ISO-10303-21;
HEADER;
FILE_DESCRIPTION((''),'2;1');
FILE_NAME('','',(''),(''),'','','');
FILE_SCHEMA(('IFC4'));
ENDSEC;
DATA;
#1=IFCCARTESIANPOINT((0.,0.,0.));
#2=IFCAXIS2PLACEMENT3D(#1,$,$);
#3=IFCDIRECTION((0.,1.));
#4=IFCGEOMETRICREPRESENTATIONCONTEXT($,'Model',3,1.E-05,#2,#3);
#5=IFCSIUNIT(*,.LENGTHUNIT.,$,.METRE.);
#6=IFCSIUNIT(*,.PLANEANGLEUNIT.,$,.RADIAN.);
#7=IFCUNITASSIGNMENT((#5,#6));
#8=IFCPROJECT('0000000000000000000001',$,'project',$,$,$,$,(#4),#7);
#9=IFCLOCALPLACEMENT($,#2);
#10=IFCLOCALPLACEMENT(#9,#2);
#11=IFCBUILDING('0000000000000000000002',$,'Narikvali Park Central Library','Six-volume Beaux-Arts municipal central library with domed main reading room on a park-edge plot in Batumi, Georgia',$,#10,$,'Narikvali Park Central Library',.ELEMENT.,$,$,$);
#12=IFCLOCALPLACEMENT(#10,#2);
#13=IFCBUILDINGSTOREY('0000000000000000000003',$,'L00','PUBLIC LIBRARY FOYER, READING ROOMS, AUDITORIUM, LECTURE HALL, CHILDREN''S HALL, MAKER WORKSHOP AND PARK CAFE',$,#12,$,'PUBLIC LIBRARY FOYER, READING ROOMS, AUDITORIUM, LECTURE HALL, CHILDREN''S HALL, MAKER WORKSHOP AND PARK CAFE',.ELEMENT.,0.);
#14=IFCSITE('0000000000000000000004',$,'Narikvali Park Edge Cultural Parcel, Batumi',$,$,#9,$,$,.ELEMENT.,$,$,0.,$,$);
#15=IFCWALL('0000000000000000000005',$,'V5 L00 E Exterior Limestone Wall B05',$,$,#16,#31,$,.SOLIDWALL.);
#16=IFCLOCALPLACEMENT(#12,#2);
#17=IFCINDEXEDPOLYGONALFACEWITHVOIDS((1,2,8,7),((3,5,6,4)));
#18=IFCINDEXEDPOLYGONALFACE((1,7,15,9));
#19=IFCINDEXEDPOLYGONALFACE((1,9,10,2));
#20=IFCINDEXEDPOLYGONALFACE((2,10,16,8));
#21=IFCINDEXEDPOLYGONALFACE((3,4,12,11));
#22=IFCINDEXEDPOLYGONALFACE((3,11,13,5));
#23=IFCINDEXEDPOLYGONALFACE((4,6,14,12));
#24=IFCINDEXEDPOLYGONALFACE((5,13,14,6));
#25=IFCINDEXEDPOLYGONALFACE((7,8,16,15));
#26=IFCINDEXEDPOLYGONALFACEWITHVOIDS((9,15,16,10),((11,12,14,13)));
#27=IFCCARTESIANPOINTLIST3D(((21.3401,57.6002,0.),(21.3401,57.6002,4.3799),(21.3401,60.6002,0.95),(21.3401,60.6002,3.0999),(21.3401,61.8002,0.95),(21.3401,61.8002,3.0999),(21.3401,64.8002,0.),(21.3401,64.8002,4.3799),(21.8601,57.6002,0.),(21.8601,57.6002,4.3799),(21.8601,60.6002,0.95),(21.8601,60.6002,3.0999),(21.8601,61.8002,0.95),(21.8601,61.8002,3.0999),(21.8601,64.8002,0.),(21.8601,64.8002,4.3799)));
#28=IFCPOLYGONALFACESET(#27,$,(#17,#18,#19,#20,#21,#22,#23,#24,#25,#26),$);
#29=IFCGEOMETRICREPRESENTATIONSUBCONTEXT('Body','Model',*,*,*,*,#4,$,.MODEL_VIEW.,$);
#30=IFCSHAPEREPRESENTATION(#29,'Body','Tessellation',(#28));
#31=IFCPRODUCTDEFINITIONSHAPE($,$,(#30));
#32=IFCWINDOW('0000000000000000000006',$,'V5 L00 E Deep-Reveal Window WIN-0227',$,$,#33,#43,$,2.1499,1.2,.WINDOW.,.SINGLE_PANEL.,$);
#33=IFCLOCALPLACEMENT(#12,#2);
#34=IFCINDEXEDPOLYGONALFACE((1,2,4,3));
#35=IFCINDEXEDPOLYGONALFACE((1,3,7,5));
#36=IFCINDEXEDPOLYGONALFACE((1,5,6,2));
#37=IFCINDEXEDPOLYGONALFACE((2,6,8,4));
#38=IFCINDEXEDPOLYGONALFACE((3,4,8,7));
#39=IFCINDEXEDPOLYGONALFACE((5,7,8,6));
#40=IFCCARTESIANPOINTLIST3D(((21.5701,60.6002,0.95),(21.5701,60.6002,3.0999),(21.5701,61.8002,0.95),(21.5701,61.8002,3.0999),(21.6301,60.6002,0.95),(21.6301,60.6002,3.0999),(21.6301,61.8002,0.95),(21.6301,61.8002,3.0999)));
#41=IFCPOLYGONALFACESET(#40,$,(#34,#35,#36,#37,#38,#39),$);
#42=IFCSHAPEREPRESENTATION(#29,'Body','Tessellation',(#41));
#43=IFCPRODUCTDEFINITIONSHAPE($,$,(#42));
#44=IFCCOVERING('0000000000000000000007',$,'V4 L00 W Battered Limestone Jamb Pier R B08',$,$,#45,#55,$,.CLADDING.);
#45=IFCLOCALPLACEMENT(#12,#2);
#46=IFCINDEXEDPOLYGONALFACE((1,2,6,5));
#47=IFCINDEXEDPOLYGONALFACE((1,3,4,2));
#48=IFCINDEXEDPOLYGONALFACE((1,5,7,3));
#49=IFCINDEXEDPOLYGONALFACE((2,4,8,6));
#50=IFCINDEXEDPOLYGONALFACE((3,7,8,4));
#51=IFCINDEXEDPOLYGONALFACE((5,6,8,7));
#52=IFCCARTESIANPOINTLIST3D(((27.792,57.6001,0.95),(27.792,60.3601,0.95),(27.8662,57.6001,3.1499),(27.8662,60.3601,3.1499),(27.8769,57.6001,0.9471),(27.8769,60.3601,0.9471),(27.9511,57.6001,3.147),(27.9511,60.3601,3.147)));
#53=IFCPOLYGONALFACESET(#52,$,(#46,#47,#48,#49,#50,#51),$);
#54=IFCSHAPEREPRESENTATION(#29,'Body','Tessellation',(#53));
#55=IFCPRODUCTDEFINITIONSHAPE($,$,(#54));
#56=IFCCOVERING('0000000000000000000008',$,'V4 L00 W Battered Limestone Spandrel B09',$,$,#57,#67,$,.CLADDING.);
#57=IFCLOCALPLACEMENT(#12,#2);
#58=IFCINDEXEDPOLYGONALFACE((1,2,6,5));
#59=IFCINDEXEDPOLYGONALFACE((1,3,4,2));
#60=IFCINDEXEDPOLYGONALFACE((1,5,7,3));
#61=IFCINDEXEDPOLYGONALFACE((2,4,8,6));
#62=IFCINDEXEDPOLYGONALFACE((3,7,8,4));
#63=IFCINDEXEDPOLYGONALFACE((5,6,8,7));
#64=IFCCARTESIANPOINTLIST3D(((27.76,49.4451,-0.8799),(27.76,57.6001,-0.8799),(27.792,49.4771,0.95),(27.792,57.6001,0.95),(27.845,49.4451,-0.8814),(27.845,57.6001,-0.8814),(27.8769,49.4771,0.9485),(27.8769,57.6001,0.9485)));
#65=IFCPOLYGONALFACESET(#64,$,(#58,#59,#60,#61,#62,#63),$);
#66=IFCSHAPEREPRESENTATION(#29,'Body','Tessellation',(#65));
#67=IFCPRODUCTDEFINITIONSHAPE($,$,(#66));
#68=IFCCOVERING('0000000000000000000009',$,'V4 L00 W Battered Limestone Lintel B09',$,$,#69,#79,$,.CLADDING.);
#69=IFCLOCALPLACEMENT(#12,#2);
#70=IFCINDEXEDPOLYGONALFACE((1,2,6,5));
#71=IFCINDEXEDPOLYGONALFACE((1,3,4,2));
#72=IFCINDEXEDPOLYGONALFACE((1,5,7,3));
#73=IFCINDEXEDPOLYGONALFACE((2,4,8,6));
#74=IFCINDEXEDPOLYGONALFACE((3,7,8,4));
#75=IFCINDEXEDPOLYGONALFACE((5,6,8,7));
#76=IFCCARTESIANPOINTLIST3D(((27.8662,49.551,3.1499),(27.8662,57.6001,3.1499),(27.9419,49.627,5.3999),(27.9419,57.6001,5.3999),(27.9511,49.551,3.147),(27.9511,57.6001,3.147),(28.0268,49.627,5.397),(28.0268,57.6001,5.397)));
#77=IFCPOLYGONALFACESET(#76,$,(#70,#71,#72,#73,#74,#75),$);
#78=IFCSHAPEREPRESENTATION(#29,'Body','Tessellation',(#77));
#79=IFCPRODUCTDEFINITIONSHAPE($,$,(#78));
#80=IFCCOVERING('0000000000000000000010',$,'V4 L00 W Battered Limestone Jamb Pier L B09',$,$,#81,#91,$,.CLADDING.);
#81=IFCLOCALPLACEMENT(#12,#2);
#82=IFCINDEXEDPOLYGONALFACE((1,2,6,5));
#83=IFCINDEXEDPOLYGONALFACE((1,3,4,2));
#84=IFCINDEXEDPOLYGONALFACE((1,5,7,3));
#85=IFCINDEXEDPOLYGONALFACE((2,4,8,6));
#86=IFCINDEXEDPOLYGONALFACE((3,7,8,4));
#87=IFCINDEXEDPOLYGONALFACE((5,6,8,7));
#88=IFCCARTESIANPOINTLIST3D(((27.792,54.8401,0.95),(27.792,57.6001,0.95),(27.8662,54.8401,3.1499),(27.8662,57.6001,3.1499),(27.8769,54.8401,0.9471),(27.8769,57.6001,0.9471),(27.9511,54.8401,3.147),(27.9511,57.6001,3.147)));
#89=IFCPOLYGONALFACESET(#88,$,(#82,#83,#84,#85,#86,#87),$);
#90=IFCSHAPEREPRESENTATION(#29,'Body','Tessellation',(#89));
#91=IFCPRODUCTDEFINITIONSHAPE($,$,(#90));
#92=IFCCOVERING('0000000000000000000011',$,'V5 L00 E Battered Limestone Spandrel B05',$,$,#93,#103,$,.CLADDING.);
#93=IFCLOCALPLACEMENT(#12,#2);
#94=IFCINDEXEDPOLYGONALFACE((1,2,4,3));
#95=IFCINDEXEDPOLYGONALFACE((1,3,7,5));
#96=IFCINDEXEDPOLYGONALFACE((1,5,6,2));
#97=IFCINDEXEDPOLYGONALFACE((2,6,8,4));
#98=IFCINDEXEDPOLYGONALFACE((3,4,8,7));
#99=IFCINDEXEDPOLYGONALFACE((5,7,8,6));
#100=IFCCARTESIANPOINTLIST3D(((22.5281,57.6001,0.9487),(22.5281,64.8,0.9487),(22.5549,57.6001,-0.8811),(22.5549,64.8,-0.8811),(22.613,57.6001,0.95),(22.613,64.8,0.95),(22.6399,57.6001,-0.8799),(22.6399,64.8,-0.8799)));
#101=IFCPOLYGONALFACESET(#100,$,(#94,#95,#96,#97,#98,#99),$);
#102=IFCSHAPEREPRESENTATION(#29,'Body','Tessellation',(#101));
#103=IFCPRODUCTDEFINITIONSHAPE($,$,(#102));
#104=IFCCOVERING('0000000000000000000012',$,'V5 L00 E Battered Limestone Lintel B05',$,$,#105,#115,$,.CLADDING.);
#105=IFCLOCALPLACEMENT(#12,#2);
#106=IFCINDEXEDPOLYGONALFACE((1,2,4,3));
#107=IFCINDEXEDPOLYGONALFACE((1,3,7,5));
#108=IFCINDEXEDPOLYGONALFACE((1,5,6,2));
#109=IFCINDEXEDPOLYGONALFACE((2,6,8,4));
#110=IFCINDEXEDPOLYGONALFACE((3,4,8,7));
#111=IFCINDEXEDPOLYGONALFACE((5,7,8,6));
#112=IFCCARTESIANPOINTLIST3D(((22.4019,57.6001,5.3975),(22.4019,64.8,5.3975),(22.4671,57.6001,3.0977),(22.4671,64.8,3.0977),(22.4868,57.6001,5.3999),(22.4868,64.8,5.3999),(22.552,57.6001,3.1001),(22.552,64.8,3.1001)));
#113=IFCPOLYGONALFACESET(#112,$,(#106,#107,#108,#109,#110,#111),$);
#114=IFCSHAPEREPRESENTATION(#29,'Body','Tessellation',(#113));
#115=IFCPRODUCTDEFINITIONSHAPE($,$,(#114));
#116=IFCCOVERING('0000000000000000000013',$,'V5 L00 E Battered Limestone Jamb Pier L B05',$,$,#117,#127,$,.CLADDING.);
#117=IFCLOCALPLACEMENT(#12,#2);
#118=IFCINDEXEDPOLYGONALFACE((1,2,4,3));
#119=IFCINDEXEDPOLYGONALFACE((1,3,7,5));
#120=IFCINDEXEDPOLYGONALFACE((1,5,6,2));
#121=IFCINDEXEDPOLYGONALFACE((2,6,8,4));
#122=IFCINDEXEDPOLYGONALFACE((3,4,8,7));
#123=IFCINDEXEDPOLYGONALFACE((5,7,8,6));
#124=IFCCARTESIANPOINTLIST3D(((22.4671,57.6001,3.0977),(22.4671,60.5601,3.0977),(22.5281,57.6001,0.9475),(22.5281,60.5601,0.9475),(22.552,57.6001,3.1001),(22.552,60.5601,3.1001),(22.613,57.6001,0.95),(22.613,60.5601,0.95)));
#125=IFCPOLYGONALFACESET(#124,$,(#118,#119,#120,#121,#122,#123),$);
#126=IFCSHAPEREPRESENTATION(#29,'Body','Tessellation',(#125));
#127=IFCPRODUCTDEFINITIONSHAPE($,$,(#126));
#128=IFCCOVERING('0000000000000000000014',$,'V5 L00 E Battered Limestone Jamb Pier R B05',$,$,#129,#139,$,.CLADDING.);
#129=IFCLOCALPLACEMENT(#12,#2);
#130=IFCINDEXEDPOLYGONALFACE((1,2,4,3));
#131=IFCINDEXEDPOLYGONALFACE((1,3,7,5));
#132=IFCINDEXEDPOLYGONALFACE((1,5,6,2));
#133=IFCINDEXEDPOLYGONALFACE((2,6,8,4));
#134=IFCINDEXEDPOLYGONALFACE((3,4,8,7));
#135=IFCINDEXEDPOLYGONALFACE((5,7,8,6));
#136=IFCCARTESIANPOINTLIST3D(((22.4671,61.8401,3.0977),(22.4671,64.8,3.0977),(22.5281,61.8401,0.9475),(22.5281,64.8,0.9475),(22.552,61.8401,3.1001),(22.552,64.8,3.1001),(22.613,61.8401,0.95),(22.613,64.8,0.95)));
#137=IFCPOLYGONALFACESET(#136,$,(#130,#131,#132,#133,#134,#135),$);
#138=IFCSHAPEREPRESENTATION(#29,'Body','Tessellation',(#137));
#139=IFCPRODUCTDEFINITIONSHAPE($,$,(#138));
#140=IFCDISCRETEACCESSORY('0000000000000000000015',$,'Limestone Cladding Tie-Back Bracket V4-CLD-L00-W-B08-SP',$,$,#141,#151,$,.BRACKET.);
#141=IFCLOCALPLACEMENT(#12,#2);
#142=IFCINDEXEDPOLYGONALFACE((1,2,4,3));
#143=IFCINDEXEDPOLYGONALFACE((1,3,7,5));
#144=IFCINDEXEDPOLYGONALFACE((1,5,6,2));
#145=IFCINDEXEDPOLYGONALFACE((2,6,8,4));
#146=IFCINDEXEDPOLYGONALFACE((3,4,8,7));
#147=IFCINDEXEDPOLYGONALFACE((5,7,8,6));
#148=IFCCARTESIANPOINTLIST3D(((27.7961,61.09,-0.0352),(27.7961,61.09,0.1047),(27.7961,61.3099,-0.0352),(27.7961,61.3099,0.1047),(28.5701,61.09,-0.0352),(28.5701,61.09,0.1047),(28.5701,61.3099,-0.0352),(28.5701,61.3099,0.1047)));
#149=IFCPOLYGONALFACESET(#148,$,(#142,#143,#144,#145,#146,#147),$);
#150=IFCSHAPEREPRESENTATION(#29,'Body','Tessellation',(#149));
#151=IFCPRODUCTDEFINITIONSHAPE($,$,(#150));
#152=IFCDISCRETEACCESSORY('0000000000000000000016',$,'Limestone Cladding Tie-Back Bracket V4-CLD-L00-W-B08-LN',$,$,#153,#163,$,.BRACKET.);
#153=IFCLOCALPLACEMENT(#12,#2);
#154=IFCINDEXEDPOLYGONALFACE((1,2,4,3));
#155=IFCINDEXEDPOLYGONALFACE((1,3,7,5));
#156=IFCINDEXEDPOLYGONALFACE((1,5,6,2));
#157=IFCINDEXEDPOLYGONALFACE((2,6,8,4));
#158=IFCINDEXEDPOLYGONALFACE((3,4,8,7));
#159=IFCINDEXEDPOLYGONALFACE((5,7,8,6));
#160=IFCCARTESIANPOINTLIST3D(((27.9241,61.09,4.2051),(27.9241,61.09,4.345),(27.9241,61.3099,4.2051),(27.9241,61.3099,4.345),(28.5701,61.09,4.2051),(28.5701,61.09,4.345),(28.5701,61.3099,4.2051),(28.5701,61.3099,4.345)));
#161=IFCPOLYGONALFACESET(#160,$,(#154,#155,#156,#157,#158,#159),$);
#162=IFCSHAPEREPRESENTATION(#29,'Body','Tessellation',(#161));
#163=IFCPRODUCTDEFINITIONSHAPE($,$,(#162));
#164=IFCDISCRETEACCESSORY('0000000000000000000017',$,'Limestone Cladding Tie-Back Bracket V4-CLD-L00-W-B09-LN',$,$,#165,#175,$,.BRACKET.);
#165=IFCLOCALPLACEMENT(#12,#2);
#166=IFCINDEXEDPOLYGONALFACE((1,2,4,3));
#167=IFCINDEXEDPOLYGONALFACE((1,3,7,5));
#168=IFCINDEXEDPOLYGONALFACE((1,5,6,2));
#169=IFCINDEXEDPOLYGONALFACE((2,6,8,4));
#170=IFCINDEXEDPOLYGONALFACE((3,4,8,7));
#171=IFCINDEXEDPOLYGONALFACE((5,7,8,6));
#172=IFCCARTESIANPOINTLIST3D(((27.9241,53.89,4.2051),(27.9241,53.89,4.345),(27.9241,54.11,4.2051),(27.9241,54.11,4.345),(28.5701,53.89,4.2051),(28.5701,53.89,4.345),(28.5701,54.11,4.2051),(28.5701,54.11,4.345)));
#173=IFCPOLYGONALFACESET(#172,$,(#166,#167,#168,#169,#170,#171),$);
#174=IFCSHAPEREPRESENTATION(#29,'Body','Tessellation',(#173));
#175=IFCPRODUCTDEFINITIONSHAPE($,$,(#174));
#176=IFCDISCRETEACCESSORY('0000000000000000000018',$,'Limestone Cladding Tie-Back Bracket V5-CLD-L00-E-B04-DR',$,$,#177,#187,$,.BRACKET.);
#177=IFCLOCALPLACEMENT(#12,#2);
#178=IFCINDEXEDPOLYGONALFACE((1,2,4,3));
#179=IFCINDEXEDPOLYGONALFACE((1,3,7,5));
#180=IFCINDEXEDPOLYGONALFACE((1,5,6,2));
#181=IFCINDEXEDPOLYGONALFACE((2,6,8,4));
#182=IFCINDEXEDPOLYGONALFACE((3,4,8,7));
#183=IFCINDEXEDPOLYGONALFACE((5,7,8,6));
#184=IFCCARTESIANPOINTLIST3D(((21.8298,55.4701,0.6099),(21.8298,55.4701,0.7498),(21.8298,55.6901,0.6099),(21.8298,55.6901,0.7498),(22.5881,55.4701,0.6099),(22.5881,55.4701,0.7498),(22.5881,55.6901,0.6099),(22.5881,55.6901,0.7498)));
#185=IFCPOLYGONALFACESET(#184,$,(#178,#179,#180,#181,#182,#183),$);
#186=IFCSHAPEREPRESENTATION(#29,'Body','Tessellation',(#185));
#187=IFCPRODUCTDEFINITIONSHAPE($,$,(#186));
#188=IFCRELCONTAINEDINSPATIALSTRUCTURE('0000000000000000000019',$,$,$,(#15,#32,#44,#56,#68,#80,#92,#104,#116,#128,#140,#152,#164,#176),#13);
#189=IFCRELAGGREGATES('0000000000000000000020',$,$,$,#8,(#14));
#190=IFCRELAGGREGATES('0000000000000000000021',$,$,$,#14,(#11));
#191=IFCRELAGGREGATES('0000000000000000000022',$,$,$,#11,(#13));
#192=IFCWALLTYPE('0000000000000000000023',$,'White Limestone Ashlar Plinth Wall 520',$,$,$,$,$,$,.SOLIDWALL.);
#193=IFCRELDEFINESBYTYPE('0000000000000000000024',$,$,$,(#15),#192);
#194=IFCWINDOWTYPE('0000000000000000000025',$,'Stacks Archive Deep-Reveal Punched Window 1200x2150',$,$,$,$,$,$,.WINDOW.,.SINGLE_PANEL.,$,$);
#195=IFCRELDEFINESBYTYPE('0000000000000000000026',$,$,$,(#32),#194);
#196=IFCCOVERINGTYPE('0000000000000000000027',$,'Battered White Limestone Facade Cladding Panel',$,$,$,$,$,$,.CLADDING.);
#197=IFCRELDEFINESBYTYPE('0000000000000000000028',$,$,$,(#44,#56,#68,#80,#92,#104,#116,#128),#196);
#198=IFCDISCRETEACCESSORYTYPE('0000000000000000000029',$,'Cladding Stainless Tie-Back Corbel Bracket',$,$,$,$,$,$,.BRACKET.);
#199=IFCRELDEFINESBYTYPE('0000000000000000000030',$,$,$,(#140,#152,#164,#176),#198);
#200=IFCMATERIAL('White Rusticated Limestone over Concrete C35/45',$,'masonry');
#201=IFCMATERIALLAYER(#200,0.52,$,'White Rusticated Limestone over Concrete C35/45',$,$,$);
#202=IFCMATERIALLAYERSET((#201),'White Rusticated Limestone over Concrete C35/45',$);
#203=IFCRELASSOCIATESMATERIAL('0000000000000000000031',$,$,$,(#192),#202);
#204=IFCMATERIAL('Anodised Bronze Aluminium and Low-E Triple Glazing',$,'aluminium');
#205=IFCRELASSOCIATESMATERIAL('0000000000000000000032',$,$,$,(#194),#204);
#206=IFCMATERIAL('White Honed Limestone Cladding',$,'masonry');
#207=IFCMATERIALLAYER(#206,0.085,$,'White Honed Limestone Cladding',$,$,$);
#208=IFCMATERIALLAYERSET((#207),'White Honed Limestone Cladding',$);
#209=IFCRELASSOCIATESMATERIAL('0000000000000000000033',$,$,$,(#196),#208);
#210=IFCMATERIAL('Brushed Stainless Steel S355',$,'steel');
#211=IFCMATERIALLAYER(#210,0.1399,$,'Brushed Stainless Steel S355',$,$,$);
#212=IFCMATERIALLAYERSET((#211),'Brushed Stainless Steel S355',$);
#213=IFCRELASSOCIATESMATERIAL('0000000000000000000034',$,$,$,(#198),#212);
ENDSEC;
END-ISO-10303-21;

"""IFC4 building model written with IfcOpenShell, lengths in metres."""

from ifc_helpers import new_model, si_unit, direction, frame, frame_2d, origin, origin_2d, place, context, subcontext, project, spatial, polyline, rectangle, outline, extrude, material, layer, layer_set, type_object, element, fill, save


model = new_model("IFC4")

# Units and contexts
model_context = context("Model", 3, precision=1e-05, world=origin(), true_north=direction((0.0, 1.0)))
body_context = subcontext(model_context, "Body", "Model", "MODEL_VIEW")
ifc_project = project(units=[si_unit("LENGTHUNIT", "METRE"), si_unit("PLANEANGLEUNIT", "RADIAN")], contexts=[model_context])

# Site, building, storey
site_placement = place(None, origin())
site = spatial("IfcSite", under=ifc_project, at=site_placement, Name="Narikvali Park Edge Cultural Parcel, Batumi", CompositionType="ELEMENT", RefElevation=0.0)
building_placement = place(site_placement, origin())
building = spatial("IfcBuilding", under=site, at=building_placement, Name="Narikvali Park Central Library", Description="Six-volume Beaux-Arts municipal central library with domed main reading room on a park-edge plot in Batumi, Georgia", LongName="Narikvali Park Central Library", CompositionType="ELEMENT")
storey_placement = place(building_placement, origin())
storey = spatial("IfcBuildingStorey", under=building, at=storey_placement, Name="L00", Description="PUBLIC LIBRARY FOYER, READING ROOMS, AUDITORIUM, LECTURE HALL, CHILDREN'S HALL, MAKER WORKSHOP AND PARK CAFE", LongName="PUBLIC LIBRARY FOYER, READING ROOMS, AUDITORIUM, LECTURE HALL, CHILDREN'S HALL, MAKER WORKSHOP AND PARK CAFE", CompositionType="ELEMENT", Elevation=0.0)

# Wall, opening, window
ifc_material_1 = material(Name="White Rusticated Limestone over Concrete C35/45", Category="masonry")
ifc_layer_1 = layer(ifc_material_1, 0.52, Name="White Rusticated Limestone over Concrete C35/45")
ifc_layer_set_1 = layer_set([ifc_layer_1], Name="White Rusticated Limestone over Concrete C35/45")
wall_type_1 = type_object("IfcWallType", Name="White Limestone Ashlar Plinth Wall 520", PredefinedType="SOLIDWALL", material=ifc_layer_set_1)
ifc_material_2 = material(Name="Anodised Bronze Aluminium and Low-E Triple Glazing", Category="aluminium")
wall_1_placement = place(storey_placement, frame((21.6001, 57.6001, 0.0), z_axis=(0.0, 0.0, 1.0), x_axis=(0.0, 1.0, 0.0)))
wall_1 = element("IfcWall", 1, at=wall_1_placement, inside=storey, type_object=wall_type_1, Name="V5 L00 E Exterior Limestone Wall B05", PredefinedType="SOLIDWALL", context=body_context, shape_type="SweptSolid", body=[
    extrude(rectangle(XDim=7.2, YDim=0.52, at=frame_2d((3.6001, 0.0))), origin(), (0.0, 0.0, 1.0), 4.3799),
])
opening_1_placement = place(wall_1_placement, frame((3.0, 0.0, 0.95)))
opening_1 = element("IfcOpeningElement", 2, at=opening_1_placement, cuts=wall_1, PredefinedType="OPENING", context=body_context, shape_type="SweptSolid", body=[
    extrude(rectangle(XDim=1.2, YDim=2.1499, at=frame_2d((0.6001, 1.075))), frame((0.0, 0.272, 0.0), z_axis=(0.0, -1.0, 0.0), x_axis=(1.0, 0.0, 0.0)), (0.0, 0.0, 1.0), 0.5439),
])
window_type_1 = type_object("IfcWindowType", Name="Stacks Archive Deep-Reveal Punched Window 1200x2150", PartitioningType="SINGLE_PANEL", PredefinedType="WINDOW", material=ifc_material_2)
window_1_placement = place(opening_1_placement, origin())
window_1 = element("IfcWindow", 3, at=window_1_placement, inside=storey, type_object=window_type_1, Name="V5 L00 E Deep-Reveal Window WIN-0227", OverallHeight=2.1499, OverallWidth=1.2, PartitioningType="SINGLE_PANEL", PredefinedType="WINDOW", context=body_context, shape_type="SweptSolid", body=[
    extrude(rectangle(XDim=1.2, YDim=2.1499, at=frame_2d((0.6001, 1.075))), frame((0.0, 0.03, 0.0), z_axis=(0.0, -1.0, 0.0), x_axis=(1.0, 0.0, 0.0)), (0.0, 0.0, 1.0), 0.0601),
])
fill(opening_1, window_1)

# Coverings
ifc_material_3 = material(Name="White Honed Limestone Cladding", Category="masonry")
ifc_layer_2 = layer(ifc_material_3, 0.085, Name="White Honed Limestone Cladding")
ifc_layer_set_2 = layer_set([ifc_layer_2], Name="White Honed Limestone Cladding")
covering_type = type_object("IfcCoveringType", Name="Battered White Limestone Facade Cladding Panel", PredefinedType="CLADDING", material=ifc_layer_set_2)
covering_1_placement = place(storey_placement, frame((27.792, 60.3601, 0.95), z_axis=(-0.999431, 0.0, 0.033717), x_axis=(0.0, -1.0, 0.0)))
element("IfcCovering", 4, at=covering_1_placement, inside=storey, type_object=covering_type, Name="V4 L00 W Battered Limestone Jamb Pier R B08", PredefinedType="CLADDING", context=body_context, shape_type="SweptSolid", body=[
    extrude(outline(polyline([(0.0, 0.0), (2.76, 0.0), (2.76, 2.2012), (0.0, 2.2012), (0.0, 0.0)])), origin(), (0.0, 0.0, -1.0), 0.085),
])
covering_2_placement = place(storey_placement, frame((27.76, 57.6001, -0.8799), z_axis=(-0.999847, 0.0, 0.017476), x_axis=(0.0, -1.0, 0.0)))
element("IfcCovering", 5, at=covering_2_placement, inside=storey, type_object=covering_type, Name="V4 L00 W Battered Limestone Spandrel B09", PredefinedType="CLADDING", context=body_context, shape_type="SweptSolid", body=[
    extrude(outline(polyline([(0.0, 0.0), (8.155, 0.0), (8.123, 1.8301), (0.0, 1.8301), (0.0, 0.0)])), origin(), (0.0, 0.0, -1.0), 0.085),
])
covering_3_placement = place(storey_placement, frame((27.8662, 57.6001, 3.1499), z_axis=(-0.999435, 0.0, 0.033618), x_axis=(0.0, -1.0, 0.0)))
element("IfcCovering", 6, at=covering_3_placement, inside=storey, type_object=covering_type, Name="V4 L00 W Battered Limestone Lintel B09", PredefinedType="CLADDING", context=body_context, shape_type="SweptSolid", body=[
    extrude(outline(polyline([(0.0, 0.0), (8.0491, 0.0), (7.9731, 2.2513), (0.0, 2.2513), (0.0, 0.0)])), origin(), (0.0, 0.0, -1.0), 0.085),
])
covering_4_placement = place(storey_placement, frame((27.792, 57.6001, 0.95), z_axis=(-0.999431, 0.0, 0.033717), x_axis=(0.0, -1.0, 0.0)))
element("IfcCovering", 7, at=covering_4_placement, inside=storey, type_object=covering_type, Name="V4 L00 W Battered Limestone Jamb Pier L B09", PredefinedType="CLADDING", context=body_context, shape_type="SweptSolid", body=[
    extrude(outline(polyline([(0.0, 0.0), (2.76, 0.0), (2.76, 2.2012), (0.0, 2.2012), (0.0, 0.0)])), origin(), (0.0, 0.0, -1.0), 0.085),
])
covering_5_placement = place(storey_placement, frame((22.6399, 57.6001, -0.8799), z_axis=(0.999892, 0.0, 0.014675), x_axis=(0.0, 1.0, 0.0)))
element("IfcCovering", 8, at=covering_5_placement, inside=storey, type_object=covering_type, Name="V5 L00 E Battered Limestone Spandrel B05", PredefinedType="CLADDING", context=body_context, shape_type="SweptSolid", body=[
    extrude(outline(polyline([(0.0, 0.0), (7.2, 0.0), (7.2, 1.83), (0.0, 1.83), (0.0, 0.0)])), origin(), (0.0, 0.0, -1.0), 0.085),
])
covering_6_placement = place(storey_placement, frame((22.552, 57.6001, 3.1001), z_axis=(0.999599, 0.0, 0.028333), x_axis=(0.0, 1.0, 0.0)))
element("IfcCovering", 9, at=covering_6_placement, inside=storey, type_object=covering_type, Name="V5 L00 E Battered Limestone Lintel B05", PredefinedType="CLADDING", context=body_context, shape_type="SweptSolid", body=[
    extrude(outline(polyline([(0.0, 0.0), (7.2, 0.0), (7.2, 2.3007), (0.0, 2.3007), (0.0, 0.0)])), origin(), (0.0, 0.0, -1.0), 0.085),
])
for number, where, z_axis, x_axis, name in (
    (10, (22.613, 57.6001, 0.95), (0.999597, 0.0, 0.028375), (0.0, 1.0, 0.0), "V5 L00 E Battered Limestone Jamb Pier L B05"),
    (11, (22.613, 61.8401, 0.95), (0.999597, 0.0, 0.028375), (0.0, 1.0, 0.0), "V5 L00 E Battered Limestone Jamb Pier R B05"),
):
    element("IfcCovering", number, at=place(storey_placement, frame(where, z_axis=z_axis, x_axis=x_axis)), inside=storey, type_object=covering_type, Name=name, PredefinedType="CLADDING", context=body_context, shape_type="SweptSolid", body=[
        extrude(outline(polyline([(0.0, 0.0), (2.96, 0.0), (2.96, 2.151), (0.0, 2.151), (0.0, 0.0)])), origin(), (0.0, 0.0, -1.0), 0.085),
    ])

# Discrete accessories
ifc_material_4 = material(Name="Brushed Stainless Steel S355", Category="steel")
ifc_layer_3 = layer(ifc_material_4, 0.1399, Name="Brushed Stainless Steel S355")
ifc_layer_set_3 = layer_set([ifc_layer_3], Name="Brushed Stainless Steel S355")
discrete_accessory_type = type_object("IfcDiscreteAccessoryType", Name="Cladding Stainless Tie-Back Corbel Bracket", PredefinedType="BRACKET", material=ifc_layer_set_3)
discrete_accessory_1_placement = place(storey_placement, frame((28.1831, 61.2, -0.0352), z_axis=(0.0, 0.0, 1.0), x_axis=(1.0, 0.0, 0.0)))
element("IfcDiscreteAccessory", 12, at=discrete_accessory_1_placement, inside=storey, type_object=discrete_accessory_type, Name="Limestone Cladding Tie-Back Bracket V4-CLD-L00-W-B08-SP", PredefinedType="BRACKET", context=body_context, shape_type="SweptSolid", body=[
    extrude(rectangle(XDim=0.7739, YDim=0.22, at=origin_2d()), origin(), (0.0, 0.0, 1.0), 0.1399),
])
for number, where, z_axis, x_axis, name in (
    (13, (28.2471, 61.2, 4.2051), (0.0, 0.0, 1.0), (1.0, 0.0, 0.0), "Limestone Cladding Tie-Back Bracket V4-CLD-L00-W-B08-LN"),
    (14, (28.2471, 54.0, 4.2051), (0.0, 0.0, 1.0), (1.0, 0.0, 0.0), "Limestone Cladding Tie-Back Bracket V4-CLD-L00-W-B09-LN"),
):
    element("IfcDiscreteAccessory", number, at=place(storey_placement, frame(where, z_axis=z_axis, x_axis=x_axis)), inside=storey, type_object=discrete_accessory_type, Name=name, PredefinedType="BRACKET", context=body_context, shape_type="SweptSolid", body=[
        extrude(rectangle(XDim=0.646, YDim=0.22, at=origin_2d()), origin(), (0.0, 0.0, 1.0), 0.1399),
    ])
discrete_accessory_2_placement = place(storey_placement, frame((22.209, 55.5801, 0.6099), z_axis=(0.0, 0.0, 1.0), x_axis=(1.0, 0.0, 0.0)))
element("IfcDiscreteAccessory", 15, at=discrete_accessory_2_placement, inside=storey, type_object=discrete_accessory_type, Name="Limestone Cladding Tie-Back Bracket V5-CLD-L00-E-B04-DR", PredefinedType="BRACKET", context=body_context, shape_type="SweptSolid", body=[
    extrude(rectangle(XDim=0.7583, YDim=0.22, at=origin_2d()), origin(), (0.0, 0.0, 1.0), 0.1399),
])

save(model, "model.ifc")
